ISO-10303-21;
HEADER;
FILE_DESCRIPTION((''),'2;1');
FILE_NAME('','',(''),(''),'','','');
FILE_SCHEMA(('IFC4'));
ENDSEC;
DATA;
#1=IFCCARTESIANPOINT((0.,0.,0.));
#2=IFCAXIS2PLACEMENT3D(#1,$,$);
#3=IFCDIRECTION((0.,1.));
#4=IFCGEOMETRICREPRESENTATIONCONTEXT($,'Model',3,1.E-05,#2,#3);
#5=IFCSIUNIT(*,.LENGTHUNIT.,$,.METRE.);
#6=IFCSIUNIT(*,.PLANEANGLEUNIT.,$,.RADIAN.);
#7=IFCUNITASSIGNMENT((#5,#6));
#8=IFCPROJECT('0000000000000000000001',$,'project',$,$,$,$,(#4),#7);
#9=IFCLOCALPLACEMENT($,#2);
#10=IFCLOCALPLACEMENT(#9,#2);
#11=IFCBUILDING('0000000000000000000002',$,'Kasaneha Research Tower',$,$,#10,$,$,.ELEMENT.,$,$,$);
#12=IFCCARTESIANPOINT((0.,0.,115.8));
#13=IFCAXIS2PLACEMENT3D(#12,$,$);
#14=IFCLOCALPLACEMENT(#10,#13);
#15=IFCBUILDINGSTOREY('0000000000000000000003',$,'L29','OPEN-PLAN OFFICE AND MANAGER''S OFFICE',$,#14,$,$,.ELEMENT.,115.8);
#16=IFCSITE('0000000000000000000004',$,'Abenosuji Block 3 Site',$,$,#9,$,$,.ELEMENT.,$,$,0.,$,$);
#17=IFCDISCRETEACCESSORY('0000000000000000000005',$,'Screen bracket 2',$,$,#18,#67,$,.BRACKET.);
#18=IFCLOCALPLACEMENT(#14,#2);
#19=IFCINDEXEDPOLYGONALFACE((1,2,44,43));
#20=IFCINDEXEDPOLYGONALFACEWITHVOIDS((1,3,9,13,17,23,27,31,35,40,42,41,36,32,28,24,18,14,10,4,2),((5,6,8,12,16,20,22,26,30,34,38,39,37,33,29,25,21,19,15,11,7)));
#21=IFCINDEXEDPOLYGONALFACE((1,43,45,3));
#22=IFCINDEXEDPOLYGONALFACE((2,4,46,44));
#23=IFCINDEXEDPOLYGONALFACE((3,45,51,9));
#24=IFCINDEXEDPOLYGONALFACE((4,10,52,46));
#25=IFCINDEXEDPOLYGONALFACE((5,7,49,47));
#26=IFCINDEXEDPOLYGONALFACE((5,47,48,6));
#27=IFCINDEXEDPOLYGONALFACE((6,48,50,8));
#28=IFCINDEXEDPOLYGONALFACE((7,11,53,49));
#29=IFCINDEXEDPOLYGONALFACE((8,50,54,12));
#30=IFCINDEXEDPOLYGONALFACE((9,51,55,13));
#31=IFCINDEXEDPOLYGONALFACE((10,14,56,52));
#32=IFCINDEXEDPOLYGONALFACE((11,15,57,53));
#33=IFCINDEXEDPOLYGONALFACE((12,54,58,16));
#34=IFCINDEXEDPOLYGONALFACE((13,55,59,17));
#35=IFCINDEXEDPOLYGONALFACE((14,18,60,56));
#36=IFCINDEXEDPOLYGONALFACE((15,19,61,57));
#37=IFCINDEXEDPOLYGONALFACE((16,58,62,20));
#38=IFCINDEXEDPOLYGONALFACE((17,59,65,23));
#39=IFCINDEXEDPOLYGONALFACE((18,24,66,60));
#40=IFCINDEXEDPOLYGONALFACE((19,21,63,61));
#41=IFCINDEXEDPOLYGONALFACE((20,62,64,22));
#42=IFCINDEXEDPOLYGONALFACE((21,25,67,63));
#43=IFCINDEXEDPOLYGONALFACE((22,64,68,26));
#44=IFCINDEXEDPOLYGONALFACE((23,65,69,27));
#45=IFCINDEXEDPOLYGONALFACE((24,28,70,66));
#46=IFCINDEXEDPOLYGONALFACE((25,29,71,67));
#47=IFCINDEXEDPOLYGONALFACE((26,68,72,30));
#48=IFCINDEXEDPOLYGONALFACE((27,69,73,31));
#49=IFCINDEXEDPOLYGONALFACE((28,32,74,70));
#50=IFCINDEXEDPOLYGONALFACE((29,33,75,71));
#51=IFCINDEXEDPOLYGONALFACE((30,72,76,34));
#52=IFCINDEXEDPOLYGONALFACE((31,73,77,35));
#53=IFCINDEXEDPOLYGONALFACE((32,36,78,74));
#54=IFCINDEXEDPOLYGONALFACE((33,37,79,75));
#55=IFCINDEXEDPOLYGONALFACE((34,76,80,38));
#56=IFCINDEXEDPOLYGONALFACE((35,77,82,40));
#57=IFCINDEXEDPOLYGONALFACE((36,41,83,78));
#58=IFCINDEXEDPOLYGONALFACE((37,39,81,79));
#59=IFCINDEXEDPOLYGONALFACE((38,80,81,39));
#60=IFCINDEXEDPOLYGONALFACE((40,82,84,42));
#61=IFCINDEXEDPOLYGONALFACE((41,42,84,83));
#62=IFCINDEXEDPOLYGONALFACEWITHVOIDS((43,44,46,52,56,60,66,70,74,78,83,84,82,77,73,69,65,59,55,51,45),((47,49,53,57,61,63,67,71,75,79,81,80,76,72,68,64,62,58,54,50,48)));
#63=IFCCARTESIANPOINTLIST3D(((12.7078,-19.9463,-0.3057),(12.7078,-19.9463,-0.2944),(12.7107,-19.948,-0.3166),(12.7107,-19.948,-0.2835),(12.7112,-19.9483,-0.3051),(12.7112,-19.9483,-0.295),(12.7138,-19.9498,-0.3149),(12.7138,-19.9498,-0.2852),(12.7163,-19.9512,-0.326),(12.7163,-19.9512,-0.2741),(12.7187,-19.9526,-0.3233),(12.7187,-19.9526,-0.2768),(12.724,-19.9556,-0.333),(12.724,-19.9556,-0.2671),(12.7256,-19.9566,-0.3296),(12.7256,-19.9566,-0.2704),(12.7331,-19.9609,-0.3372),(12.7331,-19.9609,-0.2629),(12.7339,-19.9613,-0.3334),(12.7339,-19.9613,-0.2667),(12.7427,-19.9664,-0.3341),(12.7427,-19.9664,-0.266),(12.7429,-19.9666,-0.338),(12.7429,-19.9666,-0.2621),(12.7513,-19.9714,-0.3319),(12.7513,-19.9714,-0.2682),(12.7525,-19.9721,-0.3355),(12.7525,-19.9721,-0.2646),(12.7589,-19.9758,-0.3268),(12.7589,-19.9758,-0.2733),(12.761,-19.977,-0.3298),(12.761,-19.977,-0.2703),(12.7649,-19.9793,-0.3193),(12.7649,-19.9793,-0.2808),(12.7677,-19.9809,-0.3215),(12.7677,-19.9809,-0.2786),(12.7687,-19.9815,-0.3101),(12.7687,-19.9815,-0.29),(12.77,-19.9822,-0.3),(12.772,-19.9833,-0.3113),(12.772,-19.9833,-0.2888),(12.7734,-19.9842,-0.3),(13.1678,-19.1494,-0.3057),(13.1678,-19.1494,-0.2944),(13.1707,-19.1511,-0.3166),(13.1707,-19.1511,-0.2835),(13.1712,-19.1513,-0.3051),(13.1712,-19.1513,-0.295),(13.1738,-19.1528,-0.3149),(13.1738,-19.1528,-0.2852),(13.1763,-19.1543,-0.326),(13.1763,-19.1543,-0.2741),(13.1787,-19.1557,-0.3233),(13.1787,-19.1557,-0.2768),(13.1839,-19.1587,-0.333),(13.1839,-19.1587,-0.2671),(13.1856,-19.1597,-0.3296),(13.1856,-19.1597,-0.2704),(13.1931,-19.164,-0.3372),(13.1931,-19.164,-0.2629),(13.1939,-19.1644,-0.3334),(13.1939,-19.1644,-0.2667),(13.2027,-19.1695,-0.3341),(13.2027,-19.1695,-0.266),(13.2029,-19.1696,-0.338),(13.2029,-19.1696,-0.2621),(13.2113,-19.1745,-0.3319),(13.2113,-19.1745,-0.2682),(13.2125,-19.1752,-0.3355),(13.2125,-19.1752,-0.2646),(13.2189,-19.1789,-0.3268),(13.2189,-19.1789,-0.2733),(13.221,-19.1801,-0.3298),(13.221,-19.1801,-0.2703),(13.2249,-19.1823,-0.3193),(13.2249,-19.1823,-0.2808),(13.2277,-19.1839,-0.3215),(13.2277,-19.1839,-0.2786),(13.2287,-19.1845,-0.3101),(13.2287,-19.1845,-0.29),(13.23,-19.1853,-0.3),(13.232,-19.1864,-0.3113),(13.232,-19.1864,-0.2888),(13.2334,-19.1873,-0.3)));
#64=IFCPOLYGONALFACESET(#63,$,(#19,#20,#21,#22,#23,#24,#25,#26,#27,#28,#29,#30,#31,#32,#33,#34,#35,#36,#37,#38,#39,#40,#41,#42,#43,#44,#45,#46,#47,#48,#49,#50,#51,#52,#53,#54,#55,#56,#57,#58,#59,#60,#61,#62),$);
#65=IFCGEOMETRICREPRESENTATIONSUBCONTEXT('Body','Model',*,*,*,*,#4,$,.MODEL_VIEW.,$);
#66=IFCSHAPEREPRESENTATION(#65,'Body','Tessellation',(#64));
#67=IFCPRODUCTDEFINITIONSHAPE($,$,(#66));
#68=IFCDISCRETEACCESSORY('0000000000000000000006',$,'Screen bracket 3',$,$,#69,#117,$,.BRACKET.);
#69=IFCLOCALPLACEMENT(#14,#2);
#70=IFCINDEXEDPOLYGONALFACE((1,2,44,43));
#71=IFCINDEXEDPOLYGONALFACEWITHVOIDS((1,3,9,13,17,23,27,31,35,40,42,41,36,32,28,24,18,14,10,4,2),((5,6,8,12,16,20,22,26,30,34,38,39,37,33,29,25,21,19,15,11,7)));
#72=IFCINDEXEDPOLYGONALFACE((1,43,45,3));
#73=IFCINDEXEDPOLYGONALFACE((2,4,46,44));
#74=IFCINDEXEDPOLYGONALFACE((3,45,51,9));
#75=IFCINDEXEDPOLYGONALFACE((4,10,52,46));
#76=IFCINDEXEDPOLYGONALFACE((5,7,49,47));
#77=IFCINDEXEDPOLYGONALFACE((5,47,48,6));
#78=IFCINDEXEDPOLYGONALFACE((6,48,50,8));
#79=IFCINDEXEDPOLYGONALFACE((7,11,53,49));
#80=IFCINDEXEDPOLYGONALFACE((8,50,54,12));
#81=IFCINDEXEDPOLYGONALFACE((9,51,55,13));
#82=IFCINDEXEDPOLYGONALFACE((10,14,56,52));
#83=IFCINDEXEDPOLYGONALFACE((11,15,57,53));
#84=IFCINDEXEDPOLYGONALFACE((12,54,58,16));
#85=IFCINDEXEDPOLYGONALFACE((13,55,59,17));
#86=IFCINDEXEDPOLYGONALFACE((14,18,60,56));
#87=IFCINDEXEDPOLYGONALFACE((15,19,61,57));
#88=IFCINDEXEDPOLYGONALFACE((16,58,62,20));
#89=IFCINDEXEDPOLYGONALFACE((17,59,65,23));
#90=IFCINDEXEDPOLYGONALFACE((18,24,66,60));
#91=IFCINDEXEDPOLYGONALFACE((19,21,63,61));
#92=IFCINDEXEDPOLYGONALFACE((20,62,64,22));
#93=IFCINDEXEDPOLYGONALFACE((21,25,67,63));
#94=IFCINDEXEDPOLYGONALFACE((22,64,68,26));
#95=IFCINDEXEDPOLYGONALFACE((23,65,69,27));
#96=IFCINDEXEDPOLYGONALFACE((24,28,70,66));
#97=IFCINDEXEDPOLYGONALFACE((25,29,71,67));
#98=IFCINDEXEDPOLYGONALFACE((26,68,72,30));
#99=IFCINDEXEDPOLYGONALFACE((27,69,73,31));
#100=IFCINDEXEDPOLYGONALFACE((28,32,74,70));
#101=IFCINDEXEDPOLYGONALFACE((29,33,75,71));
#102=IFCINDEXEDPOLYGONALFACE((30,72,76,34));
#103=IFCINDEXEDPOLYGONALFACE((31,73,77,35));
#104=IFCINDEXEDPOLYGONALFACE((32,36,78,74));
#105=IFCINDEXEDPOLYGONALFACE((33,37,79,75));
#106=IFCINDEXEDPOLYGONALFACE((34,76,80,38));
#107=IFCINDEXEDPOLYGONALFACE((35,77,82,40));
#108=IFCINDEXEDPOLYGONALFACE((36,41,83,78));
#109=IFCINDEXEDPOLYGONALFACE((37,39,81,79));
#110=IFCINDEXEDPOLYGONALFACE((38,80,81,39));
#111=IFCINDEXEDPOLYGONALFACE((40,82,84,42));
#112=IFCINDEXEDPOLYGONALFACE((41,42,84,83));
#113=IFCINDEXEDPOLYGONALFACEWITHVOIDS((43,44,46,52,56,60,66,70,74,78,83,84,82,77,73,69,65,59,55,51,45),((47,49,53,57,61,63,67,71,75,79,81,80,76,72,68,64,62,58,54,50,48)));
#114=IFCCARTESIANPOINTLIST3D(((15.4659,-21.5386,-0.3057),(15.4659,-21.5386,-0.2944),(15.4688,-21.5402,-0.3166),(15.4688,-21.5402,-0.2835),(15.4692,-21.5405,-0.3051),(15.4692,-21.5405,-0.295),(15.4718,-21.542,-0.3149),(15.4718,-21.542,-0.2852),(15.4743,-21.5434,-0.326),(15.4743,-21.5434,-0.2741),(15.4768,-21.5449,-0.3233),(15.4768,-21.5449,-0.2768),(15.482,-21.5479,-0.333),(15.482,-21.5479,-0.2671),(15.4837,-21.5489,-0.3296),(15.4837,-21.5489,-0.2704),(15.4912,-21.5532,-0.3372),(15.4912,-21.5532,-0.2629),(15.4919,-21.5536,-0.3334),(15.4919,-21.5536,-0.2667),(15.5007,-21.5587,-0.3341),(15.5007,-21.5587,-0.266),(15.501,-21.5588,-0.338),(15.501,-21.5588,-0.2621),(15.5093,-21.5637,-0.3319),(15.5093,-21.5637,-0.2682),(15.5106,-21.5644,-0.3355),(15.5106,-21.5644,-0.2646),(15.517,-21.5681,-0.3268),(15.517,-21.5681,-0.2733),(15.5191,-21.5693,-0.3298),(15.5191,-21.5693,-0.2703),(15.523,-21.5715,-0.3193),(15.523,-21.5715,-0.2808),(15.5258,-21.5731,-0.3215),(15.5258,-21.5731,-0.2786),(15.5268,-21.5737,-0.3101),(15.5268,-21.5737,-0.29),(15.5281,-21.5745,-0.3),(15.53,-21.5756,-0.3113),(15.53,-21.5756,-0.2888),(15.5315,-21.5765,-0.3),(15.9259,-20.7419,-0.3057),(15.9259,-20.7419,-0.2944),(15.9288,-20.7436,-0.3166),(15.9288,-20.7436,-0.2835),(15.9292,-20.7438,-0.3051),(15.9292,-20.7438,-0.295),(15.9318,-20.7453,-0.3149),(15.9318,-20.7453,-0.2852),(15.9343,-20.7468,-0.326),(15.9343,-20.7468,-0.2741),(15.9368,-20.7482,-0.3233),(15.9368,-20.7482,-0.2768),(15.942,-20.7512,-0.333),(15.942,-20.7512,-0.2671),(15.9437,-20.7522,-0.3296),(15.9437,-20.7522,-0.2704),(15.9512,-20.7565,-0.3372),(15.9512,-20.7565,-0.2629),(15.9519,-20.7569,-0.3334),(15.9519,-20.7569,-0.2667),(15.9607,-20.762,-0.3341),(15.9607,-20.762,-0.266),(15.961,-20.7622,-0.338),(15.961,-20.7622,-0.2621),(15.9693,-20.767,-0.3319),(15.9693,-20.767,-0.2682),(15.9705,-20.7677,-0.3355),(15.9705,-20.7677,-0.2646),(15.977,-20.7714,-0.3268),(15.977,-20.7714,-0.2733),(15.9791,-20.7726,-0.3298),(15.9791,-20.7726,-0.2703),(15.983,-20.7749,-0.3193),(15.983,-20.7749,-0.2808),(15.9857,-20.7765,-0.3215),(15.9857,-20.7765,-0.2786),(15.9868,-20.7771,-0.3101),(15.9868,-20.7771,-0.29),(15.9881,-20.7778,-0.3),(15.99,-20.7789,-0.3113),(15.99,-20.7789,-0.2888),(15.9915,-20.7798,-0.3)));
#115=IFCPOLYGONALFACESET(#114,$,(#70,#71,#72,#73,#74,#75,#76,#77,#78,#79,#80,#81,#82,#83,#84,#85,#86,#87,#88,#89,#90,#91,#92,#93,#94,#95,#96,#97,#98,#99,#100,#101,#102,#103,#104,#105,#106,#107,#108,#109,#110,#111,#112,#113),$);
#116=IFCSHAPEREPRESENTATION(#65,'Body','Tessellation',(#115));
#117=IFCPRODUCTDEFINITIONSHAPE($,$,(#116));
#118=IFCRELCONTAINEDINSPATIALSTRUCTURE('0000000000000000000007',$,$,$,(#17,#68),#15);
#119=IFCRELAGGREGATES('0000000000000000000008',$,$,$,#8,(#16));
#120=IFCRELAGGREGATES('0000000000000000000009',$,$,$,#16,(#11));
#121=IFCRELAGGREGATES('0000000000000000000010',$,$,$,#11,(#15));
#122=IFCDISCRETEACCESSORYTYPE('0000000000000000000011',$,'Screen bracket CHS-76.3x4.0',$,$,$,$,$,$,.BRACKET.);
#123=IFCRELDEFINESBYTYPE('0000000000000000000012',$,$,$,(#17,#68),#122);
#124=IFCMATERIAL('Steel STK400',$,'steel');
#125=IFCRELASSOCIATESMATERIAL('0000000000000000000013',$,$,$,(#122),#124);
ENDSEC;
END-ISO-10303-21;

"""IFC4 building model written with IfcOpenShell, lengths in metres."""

from ifc_helpers import new_model, si_unit, direction, frame, origin, origin_2d, place, context, subcontext, project, spatial, hollow_circle, extrude, material, material_profile, profile_set, type_object, element, save


model = new_model("IFC4")

# Units and contexts
model_context = context("Model", 3, precision=1e-05, world=origin(), true_north=direction((0.0, 1.0)))
body_context = subcontext(model_context, "Body", "Model", "MODEL_VIEW")
ifc_project = project(units=[si_unit("LENGTHUNIT", "METRE"), si_unit("PLANEANGLEUNIT", "RADIAN")], contexts=[model_context])

# Site, building, storey
site_placement = place(None, origin())
site = spatial("IfcSite", under=ifc_project, at=site_placement, Name="Abenosuji Block 3 Site", CompositionType="ELEMENT", RefElevation=0.0)
building_placement = place(site_placement, origin())
building = spatial("IfcBuilding", under=site, at=building_placement, Name="Kasaneha Research Tower", CompositionType="ELEMENT")
storey_placement = place(building_placement, frame((0.0, 0.0, 115.8)))
storey = spatial("IfcBuildingStorey", under=building, at=storey_placement, Name="L29", Description="OPEN-PLAN OFFICE AND MANAGER'S OFFICE", CompositionType="ELEMENT", Elevation=115.8)

# Discrete accessories
ifc_material_1 = material(Name="Steel STK400", Category="steel")
ifc_material_profile_1 = material_profile(ifc_material_1, hollow_circle(Radius=0.0381, WallThickness=0.0039, at=origin_2d()), Name="CHS-76.3x4.0")
ifc_profile_set_1 = profile_set([ifc_material_profile_1], Name="Steel STK400")
discrete_accessory_type = type_object("IfcDiscreteAccessoryType", Name="Screen bracket CHS-76.3x4.0", PredefinedType="BRACKET", material=ifc_profile_set_1)
discrete_accessory_1_placement = place(storey_placement, frame((13.2004, -19.1682, -0.3), z_axis=(-0.499906, -0.86608, 0.0), x_axis=(0.86608, -0.499906, 0.0)))
element("IfcDiscreteAccessory", 1, at=discrete_accessory_1_placement, inside=storey, type_object=discrete_accessory_type, Name="Screen bracket 2", PredefinedType="BRACKET", context=body_context, shape_type="SweptSolid", body=[
    extrude(hollow_circle(Radius=0.0381, WallThickness=0.0039, at=origin_2d()), origin(), (0.0, 0.0, 1.0), 0.9202),
])
discrete_accessory_2_placement = place(storey_placement, frame((15.9585, -20.7607, -0.3), z_axis=(-0.500021, -0.866013, 0.0), x_axis=(0.866013, -0.500021, 0.0)))
element("IfcDiscreteAccessory", 2, at=discrete_accessory_2_placement, inside=storey, type_object=discrete_accessory_type, Name="Screen bracket 3", PredefinedType="BRACKET", context=body_context, shape_type="SweptSolid", body=[
    extrude(hollow_circle(Radius=0.0381, WallThickness=0.0039, at=origin_2d()), origin(), (0.0, 0.0, 1.0), 0.9199),
])

save(model, "model.ifc")
